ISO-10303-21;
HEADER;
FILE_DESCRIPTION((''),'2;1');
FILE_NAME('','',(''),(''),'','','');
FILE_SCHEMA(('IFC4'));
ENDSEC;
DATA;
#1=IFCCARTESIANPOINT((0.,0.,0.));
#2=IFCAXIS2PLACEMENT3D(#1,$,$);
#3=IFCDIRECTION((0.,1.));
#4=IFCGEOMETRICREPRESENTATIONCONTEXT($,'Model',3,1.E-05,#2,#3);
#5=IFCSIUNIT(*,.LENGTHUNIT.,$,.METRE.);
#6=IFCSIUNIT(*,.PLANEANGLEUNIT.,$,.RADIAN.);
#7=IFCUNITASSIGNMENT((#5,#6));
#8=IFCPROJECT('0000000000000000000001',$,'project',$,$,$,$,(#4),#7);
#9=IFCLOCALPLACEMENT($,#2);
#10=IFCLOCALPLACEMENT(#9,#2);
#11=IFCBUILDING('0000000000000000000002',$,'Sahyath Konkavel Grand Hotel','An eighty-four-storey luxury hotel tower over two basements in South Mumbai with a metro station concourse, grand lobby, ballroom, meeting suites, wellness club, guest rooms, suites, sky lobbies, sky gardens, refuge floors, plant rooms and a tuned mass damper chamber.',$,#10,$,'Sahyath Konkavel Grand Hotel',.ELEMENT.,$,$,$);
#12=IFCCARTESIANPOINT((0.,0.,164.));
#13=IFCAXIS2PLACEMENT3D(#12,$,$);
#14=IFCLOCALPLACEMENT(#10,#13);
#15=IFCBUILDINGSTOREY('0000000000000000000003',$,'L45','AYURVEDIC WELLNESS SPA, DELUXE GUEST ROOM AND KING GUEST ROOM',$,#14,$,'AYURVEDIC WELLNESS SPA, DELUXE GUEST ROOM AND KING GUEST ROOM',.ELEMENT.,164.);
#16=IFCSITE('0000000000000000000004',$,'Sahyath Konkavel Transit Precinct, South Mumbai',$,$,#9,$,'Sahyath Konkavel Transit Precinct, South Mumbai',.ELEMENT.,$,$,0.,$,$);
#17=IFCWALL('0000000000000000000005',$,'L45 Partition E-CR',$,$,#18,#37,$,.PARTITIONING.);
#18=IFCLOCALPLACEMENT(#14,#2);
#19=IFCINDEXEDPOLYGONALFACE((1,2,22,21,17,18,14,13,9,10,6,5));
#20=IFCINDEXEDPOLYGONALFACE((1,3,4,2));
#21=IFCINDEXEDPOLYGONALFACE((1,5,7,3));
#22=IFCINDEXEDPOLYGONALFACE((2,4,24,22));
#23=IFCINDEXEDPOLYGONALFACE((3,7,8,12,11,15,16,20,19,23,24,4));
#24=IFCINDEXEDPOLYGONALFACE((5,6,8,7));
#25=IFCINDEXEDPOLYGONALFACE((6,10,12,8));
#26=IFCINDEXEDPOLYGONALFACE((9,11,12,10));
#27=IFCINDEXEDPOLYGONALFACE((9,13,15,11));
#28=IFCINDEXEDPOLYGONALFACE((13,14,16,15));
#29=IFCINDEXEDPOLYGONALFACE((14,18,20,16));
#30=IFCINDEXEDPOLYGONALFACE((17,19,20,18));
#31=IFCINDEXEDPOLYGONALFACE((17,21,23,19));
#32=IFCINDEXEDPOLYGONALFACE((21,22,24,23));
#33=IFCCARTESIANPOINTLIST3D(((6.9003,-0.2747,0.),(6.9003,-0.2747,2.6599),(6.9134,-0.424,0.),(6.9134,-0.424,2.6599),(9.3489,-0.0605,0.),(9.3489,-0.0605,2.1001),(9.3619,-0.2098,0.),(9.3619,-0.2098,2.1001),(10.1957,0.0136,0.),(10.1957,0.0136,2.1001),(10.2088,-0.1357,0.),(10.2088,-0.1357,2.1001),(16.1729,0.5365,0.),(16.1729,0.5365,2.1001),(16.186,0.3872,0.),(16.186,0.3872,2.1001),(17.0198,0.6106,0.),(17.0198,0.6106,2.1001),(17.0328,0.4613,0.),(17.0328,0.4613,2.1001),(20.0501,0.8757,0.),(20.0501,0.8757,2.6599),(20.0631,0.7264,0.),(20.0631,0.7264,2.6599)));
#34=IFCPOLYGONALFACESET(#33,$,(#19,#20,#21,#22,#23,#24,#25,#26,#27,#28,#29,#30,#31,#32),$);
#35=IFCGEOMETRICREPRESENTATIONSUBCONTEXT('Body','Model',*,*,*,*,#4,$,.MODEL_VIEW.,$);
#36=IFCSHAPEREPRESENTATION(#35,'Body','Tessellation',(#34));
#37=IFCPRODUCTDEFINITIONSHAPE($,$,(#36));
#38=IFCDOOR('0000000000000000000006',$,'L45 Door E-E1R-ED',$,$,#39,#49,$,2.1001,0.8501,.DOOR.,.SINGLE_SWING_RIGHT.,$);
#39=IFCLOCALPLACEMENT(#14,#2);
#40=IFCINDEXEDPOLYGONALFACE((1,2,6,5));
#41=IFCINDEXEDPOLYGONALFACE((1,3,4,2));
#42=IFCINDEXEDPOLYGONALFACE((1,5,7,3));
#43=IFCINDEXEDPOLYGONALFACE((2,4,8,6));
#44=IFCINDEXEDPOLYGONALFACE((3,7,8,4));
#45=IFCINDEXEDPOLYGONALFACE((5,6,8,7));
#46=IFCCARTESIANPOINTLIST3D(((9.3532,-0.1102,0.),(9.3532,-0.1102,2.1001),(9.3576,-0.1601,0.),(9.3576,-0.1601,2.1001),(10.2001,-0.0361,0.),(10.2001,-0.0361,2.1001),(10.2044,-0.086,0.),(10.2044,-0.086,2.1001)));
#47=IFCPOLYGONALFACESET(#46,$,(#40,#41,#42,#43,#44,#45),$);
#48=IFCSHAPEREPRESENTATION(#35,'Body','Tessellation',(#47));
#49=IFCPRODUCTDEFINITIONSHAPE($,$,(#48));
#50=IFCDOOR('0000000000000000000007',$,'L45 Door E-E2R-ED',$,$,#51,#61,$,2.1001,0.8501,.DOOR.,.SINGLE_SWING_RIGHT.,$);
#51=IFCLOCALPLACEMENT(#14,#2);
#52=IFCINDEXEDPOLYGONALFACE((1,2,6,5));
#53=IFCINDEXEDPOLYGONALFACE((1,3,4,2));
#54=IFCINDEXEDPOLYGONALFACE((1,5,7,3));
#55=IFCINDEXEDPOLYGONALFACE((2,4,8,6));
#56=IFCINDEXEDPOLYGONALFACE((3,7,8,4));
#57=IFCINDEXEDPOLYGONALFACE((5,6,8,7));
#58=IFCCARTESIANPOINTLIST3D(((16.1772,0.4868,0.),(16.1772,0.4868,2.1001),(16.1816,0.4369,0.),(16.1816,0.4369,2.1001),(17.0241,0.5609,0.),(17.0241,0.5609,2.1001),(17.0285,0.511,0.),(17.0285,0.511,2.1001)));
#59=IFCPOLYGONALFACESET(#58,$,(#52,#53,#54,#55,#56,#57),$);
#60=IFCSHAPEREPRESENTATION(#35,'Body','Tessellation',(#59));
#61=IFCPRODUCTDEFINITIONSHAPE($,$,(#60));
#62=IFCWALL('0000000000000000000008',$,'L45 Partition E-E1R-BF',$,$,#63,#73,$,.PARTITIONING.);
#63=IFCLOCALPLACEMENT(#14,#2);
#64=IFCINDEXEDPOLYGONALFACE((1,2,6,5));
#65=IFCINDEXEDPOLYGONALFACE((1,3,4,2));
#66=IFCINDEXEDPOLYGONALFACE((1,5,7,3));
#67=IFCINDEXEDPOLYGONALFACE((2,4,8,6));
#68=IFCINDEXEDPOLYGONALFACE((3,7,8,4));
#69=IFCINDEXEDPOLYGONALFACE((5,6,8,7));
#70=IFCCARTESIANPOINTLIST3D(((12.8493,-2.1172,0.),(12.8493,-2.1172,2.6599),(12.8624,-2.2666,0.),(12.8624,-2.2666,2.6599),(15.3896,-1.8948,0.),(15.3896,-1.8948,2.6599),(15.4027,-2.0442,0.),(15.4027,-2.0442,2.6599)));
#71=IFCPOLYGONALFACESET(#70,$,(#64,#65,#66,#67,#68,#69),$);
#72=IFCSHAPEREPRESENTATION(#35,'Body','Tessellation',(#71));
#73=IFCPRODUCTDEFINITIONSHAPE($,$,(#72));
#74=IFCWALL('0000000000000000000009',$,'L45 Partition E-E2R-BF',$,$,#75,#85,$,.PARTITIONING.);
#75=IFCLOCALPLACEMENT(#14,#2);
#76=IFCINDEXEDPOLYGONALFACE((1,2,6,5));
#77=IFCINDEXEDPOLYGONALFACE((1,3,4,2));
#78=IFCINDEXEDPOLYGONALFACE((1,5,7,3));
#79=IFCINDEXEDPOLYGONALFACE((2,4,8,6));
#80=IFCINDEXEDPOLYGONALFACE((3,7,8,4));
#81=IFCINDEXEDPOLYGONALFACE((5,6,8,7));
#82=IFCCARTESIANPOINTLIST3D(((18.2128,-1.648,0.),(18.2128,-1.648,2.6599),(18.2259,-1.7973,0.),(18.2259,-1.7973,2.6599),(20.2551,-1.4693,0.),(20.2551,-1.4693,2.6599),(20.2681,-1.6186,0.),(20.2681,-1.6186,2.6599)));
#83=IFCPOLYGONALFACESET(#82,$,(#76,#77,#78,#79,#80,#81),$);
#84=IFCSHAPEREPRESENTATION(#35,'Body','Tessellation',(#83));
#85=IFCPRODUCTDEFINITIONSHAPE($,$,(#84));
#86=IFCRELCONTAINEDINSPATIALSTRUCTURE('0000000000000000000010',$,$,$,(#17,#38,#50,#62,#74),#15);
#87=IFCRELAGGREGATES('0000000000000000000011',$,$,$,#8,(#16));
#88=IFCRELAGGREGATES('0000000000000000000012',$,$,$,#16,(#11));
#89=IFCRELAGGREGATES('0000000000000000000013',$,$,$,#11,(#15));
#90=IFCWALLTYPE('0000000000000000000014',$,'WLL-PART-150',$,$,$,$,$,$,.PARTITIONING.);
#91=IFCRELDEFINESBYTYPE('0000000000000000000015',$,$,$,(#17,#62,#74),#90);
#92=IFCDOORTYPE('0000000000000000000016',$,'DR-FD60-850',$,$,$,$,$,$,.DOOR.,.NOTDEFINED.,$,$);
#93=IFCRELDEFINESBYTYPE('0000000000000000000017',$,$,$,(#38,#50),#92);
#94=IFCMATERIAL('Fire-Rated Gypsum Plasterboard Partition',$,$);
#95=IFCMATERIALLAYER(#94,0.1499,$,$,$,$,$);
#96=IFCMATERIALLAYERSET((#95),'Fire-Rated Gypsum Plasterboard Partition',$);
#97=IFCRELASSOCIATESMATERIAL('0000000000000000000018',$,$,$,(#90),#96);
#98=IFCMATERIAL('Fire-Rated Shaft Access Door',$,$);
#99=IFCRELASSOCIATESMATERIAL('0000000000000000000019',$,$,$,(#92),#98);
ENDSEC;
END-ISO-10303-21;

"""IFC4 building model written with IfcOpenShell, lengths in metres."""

from ifc_helpers import new_model, si_unit, direction, frame, frame_2d, origin, origin_2d, place, context, subcontext, project, spatial, rectangle, extrude, source, transform, mapped, material, layer, layer_set, type_object, element, fill, save


model = new_model("IFC4")

# Units and contexts
model_context = context("Model", 3, precision=1e-05, world=origin(), true_north=direction((0.0, 1.0)))
body_context = subcontext(model_context, "Body", "Model", "MODEL_VIEW")
ifc_project = project(units=[si_unit("LENGTHUNIT", "METRE"), si_unit("PLANEANGLEUNIT", "RADIAN")], contexts=[model_context])

# Site, building, storey
site_placement = place(None, origin())
site = spatial("IfcSite", under=ifc_project, at=site_placement, Name="Sahyath Konkavel Transit Precinct, South Mumbai", LongName="Sahyath Konkavel Transit Precinct, South Mumbai", CompositionType="ELEMENT", RefElevation=0.0)
building_placement = place(site_placement, origin())
building = spatial("IfcBuilding", under=site, at=building_placement, Name="Sahyath Konkavel Grand Hotel", Description="An eighty-four-storey luxury hotel tower over two basements in South Mumbai with a metro station concourse, grand lobby, ballroom, meeting suites, wellness club, guest rooms, suites, sky lobbies, sky gardens, refuge floors, plant rooms and a tuned mass damper chamber.", LongName="Sahyath Konkavel Grand Hotel", CompositionType="ELEMENT")
storey_placement = place(building_placement, frame((0.0, 0.0, 164.0)))
storey = spatial("IfcBuildingStorey", under=building, at=storey_placement, Name="L45", Description="AYURVEDIC WELLNESS SPA, DELUXE GUEST ROOM AND KING GUEST ROOM", LongName="AYURVEDIC WELLNESS SPA, DELUXE GUEST ROOM AND KING GUEST ROOM", CompositionType="ELEMENT", Elevation=164.0)

# Wall, openings, doors
ifc_material_1 = material(Name="Fire-Rated Gypsum Plasterboard Partition")
ifc_layer_1 = layer(ifc_material_1, 0.1499)
ifc_layer_set_1 = layer_set([ifc_layer_1], Name="Fire-Rated Gypsum Plasterboard Partition")
wall_type_1 = type_object("IfcWallType", Name="WLL-PART-150", PredefinedType="PARTITIONING", material=ifc_layer_set_1)
wall_1_placement = place(storey_placement, frame((6.9067, -0.3494, 0.0), z_axis=(0.0, 0.0, 1.0), x_axis=(0.996195, 0.087152, 0.0)))
wall_1 = element("IfcWall", 1, at=wall_1_placement, inside=storey, type_object=wall_type_1, Name="L45 Partition E-CR", PredefinedType="PARTITIONING", context=body_context, shape_type="SweptSolid", body=[
    extrude(rectangle(XDim=13.2, YDim=0.1499, at=frame_2d((6.6001, 0.0))), origin(), (0.0, 0.0, 1.0), 2.6599),
])
opening_1_placement = place(wall_1_placement, frame((2.458, 0.0, 0.0)))
opening_1 = element("IfcOpeningElement", 2, at=opening_1_placement, cuts=wall_1, PredefinedType="OPENING", context=body_context, shape_type="SweptSolid", body=[
    extrude(rectangle(XDim=0.8501, YDim=2.1001, at=frame_2d((0.425, 1.05))), frame((0.0, 0.085, 0.0), z_axis=(0.0, -1.0, 0.0), x_axis=(1.0, 0.0, 0.0)), (0.0, 0.0, 1.0), 0.1699),
])
opening_2_placement = place(wall_1_placement, frame((9.3081, 0.0, 0.0)))
opening_2 = element("IfcOpeningElement", 3, at=opening_2_placement, cuts=wall_1, PredefinedType="OPENING", context=body_context, shape_type="SweptSolid", body=[
    extrude(rectangle(XDim=0.8501, YDim=2.1001, at=frame_2d((0.425, 1.05))), frame((0.0, 0.085, 0.0), z_axis=(0.0, -1.0, 0.0), x_axis=(1.0, 0.0, 0.0)), (0.0, 0.0, 1.0), 0.1699),
])
ifc_material_2 = material(Name="Fire-Rated Shaft Access Door")
door_type = type_object("IfcDoorType", Name="DR-FD60-850", OperationType="NOTDEFINED", PredefinedType="DOOR", material=ifc_material_2)
shared_shape_1 = source(origin(), body_context, "Body", "SweptSolid", [
    extrude(rectangle(XDim=0.8501, YDim=0.05, at=origin_2d()), origin(), (0.0, 0.0, 1.0), 2.1001),
])
door_1_placement = place(opening_1_placement, frame((0.425, 0.0, 0.0)))
door_1 = element("IfcDoor", 4, at=door_1_placement, inside=storey, type_object=door_type, Name="L45 Door E-E1R-ED", OperationType="SINGLE_SWING_RIGHT", OverallHeight=2.1001, OverallWidth=0.8501, PredefinedType="DOOR", context=body_context, shape_type="MappedRepresentation", body=[
    mapped(shared_shape_1, transform((0.0, 0.0, 0.0), scale=1.0)),
])
fill(opening_1, door_1)
door_2_placement = place(opening_2_placement, frame((0.425, 0.0, 0.0)))
door_2 = element("IfcDoor", 5, at=door_2_placement, inside=storey, type_object=door_type, Name="L45 Door E-E2R-ED", OperationType="SINGLE_SWING_RIGHT", OverallHeight=2.1001, OverallWidth=0.8501, PredefinedType="DOOR", context=body_context, shape_type="MappedRepresentation", body=[
    mapped(shared_shape_1, transform((0.0, 0.0, 0.0), scale=1.0)),
])
fill(opening_2, door_2)

# Walls
wall_2_placement = place(storey_placement, frame((12.856, -2.1919, 0.0), z_axis=(0.0, 0.0, 1.0), x_axis=(0.996189, 0.08722, 0.0)))
element("IfcWall", 6, at=wall_2_placement, inside=storey, type_object=wall_type_1, Name="L45 Partition E-E1R-BF", PredefinedType="PARTITIONING", context=body_context, shape_type="SweptSolid", body=[
    extrude(rectangle(XDim=2.55, YDim=0.1499, at=frame_2d((1.2749, 0.0))), origin(), (0.0, 0.0, 1.0), 2.6599),
])
wall_3_placement = place(storey_placement, frame((18.2195, -1.7227, 0.0), z_axis=(0.0, 0.0, 1.0), x_axis=(0.996193, 0.087174, 0.0)))
element("IfcWall", 7, at=wall_3_placement, inside=storey, type_object=wall_type_1, Name="L45 Partition E-E2R-BF", PredefinedType="PARTITIONING", context=body_context, shape_type="SweptSolid", body=[
    extrude(rectangle(XDim=2.05, YDim=0.1499, at=frame_2d((1.0249, 0.0))), origin(), (0.0, 0.0, 1.0), 2.6599),
])

save(model, "model.ifc")
